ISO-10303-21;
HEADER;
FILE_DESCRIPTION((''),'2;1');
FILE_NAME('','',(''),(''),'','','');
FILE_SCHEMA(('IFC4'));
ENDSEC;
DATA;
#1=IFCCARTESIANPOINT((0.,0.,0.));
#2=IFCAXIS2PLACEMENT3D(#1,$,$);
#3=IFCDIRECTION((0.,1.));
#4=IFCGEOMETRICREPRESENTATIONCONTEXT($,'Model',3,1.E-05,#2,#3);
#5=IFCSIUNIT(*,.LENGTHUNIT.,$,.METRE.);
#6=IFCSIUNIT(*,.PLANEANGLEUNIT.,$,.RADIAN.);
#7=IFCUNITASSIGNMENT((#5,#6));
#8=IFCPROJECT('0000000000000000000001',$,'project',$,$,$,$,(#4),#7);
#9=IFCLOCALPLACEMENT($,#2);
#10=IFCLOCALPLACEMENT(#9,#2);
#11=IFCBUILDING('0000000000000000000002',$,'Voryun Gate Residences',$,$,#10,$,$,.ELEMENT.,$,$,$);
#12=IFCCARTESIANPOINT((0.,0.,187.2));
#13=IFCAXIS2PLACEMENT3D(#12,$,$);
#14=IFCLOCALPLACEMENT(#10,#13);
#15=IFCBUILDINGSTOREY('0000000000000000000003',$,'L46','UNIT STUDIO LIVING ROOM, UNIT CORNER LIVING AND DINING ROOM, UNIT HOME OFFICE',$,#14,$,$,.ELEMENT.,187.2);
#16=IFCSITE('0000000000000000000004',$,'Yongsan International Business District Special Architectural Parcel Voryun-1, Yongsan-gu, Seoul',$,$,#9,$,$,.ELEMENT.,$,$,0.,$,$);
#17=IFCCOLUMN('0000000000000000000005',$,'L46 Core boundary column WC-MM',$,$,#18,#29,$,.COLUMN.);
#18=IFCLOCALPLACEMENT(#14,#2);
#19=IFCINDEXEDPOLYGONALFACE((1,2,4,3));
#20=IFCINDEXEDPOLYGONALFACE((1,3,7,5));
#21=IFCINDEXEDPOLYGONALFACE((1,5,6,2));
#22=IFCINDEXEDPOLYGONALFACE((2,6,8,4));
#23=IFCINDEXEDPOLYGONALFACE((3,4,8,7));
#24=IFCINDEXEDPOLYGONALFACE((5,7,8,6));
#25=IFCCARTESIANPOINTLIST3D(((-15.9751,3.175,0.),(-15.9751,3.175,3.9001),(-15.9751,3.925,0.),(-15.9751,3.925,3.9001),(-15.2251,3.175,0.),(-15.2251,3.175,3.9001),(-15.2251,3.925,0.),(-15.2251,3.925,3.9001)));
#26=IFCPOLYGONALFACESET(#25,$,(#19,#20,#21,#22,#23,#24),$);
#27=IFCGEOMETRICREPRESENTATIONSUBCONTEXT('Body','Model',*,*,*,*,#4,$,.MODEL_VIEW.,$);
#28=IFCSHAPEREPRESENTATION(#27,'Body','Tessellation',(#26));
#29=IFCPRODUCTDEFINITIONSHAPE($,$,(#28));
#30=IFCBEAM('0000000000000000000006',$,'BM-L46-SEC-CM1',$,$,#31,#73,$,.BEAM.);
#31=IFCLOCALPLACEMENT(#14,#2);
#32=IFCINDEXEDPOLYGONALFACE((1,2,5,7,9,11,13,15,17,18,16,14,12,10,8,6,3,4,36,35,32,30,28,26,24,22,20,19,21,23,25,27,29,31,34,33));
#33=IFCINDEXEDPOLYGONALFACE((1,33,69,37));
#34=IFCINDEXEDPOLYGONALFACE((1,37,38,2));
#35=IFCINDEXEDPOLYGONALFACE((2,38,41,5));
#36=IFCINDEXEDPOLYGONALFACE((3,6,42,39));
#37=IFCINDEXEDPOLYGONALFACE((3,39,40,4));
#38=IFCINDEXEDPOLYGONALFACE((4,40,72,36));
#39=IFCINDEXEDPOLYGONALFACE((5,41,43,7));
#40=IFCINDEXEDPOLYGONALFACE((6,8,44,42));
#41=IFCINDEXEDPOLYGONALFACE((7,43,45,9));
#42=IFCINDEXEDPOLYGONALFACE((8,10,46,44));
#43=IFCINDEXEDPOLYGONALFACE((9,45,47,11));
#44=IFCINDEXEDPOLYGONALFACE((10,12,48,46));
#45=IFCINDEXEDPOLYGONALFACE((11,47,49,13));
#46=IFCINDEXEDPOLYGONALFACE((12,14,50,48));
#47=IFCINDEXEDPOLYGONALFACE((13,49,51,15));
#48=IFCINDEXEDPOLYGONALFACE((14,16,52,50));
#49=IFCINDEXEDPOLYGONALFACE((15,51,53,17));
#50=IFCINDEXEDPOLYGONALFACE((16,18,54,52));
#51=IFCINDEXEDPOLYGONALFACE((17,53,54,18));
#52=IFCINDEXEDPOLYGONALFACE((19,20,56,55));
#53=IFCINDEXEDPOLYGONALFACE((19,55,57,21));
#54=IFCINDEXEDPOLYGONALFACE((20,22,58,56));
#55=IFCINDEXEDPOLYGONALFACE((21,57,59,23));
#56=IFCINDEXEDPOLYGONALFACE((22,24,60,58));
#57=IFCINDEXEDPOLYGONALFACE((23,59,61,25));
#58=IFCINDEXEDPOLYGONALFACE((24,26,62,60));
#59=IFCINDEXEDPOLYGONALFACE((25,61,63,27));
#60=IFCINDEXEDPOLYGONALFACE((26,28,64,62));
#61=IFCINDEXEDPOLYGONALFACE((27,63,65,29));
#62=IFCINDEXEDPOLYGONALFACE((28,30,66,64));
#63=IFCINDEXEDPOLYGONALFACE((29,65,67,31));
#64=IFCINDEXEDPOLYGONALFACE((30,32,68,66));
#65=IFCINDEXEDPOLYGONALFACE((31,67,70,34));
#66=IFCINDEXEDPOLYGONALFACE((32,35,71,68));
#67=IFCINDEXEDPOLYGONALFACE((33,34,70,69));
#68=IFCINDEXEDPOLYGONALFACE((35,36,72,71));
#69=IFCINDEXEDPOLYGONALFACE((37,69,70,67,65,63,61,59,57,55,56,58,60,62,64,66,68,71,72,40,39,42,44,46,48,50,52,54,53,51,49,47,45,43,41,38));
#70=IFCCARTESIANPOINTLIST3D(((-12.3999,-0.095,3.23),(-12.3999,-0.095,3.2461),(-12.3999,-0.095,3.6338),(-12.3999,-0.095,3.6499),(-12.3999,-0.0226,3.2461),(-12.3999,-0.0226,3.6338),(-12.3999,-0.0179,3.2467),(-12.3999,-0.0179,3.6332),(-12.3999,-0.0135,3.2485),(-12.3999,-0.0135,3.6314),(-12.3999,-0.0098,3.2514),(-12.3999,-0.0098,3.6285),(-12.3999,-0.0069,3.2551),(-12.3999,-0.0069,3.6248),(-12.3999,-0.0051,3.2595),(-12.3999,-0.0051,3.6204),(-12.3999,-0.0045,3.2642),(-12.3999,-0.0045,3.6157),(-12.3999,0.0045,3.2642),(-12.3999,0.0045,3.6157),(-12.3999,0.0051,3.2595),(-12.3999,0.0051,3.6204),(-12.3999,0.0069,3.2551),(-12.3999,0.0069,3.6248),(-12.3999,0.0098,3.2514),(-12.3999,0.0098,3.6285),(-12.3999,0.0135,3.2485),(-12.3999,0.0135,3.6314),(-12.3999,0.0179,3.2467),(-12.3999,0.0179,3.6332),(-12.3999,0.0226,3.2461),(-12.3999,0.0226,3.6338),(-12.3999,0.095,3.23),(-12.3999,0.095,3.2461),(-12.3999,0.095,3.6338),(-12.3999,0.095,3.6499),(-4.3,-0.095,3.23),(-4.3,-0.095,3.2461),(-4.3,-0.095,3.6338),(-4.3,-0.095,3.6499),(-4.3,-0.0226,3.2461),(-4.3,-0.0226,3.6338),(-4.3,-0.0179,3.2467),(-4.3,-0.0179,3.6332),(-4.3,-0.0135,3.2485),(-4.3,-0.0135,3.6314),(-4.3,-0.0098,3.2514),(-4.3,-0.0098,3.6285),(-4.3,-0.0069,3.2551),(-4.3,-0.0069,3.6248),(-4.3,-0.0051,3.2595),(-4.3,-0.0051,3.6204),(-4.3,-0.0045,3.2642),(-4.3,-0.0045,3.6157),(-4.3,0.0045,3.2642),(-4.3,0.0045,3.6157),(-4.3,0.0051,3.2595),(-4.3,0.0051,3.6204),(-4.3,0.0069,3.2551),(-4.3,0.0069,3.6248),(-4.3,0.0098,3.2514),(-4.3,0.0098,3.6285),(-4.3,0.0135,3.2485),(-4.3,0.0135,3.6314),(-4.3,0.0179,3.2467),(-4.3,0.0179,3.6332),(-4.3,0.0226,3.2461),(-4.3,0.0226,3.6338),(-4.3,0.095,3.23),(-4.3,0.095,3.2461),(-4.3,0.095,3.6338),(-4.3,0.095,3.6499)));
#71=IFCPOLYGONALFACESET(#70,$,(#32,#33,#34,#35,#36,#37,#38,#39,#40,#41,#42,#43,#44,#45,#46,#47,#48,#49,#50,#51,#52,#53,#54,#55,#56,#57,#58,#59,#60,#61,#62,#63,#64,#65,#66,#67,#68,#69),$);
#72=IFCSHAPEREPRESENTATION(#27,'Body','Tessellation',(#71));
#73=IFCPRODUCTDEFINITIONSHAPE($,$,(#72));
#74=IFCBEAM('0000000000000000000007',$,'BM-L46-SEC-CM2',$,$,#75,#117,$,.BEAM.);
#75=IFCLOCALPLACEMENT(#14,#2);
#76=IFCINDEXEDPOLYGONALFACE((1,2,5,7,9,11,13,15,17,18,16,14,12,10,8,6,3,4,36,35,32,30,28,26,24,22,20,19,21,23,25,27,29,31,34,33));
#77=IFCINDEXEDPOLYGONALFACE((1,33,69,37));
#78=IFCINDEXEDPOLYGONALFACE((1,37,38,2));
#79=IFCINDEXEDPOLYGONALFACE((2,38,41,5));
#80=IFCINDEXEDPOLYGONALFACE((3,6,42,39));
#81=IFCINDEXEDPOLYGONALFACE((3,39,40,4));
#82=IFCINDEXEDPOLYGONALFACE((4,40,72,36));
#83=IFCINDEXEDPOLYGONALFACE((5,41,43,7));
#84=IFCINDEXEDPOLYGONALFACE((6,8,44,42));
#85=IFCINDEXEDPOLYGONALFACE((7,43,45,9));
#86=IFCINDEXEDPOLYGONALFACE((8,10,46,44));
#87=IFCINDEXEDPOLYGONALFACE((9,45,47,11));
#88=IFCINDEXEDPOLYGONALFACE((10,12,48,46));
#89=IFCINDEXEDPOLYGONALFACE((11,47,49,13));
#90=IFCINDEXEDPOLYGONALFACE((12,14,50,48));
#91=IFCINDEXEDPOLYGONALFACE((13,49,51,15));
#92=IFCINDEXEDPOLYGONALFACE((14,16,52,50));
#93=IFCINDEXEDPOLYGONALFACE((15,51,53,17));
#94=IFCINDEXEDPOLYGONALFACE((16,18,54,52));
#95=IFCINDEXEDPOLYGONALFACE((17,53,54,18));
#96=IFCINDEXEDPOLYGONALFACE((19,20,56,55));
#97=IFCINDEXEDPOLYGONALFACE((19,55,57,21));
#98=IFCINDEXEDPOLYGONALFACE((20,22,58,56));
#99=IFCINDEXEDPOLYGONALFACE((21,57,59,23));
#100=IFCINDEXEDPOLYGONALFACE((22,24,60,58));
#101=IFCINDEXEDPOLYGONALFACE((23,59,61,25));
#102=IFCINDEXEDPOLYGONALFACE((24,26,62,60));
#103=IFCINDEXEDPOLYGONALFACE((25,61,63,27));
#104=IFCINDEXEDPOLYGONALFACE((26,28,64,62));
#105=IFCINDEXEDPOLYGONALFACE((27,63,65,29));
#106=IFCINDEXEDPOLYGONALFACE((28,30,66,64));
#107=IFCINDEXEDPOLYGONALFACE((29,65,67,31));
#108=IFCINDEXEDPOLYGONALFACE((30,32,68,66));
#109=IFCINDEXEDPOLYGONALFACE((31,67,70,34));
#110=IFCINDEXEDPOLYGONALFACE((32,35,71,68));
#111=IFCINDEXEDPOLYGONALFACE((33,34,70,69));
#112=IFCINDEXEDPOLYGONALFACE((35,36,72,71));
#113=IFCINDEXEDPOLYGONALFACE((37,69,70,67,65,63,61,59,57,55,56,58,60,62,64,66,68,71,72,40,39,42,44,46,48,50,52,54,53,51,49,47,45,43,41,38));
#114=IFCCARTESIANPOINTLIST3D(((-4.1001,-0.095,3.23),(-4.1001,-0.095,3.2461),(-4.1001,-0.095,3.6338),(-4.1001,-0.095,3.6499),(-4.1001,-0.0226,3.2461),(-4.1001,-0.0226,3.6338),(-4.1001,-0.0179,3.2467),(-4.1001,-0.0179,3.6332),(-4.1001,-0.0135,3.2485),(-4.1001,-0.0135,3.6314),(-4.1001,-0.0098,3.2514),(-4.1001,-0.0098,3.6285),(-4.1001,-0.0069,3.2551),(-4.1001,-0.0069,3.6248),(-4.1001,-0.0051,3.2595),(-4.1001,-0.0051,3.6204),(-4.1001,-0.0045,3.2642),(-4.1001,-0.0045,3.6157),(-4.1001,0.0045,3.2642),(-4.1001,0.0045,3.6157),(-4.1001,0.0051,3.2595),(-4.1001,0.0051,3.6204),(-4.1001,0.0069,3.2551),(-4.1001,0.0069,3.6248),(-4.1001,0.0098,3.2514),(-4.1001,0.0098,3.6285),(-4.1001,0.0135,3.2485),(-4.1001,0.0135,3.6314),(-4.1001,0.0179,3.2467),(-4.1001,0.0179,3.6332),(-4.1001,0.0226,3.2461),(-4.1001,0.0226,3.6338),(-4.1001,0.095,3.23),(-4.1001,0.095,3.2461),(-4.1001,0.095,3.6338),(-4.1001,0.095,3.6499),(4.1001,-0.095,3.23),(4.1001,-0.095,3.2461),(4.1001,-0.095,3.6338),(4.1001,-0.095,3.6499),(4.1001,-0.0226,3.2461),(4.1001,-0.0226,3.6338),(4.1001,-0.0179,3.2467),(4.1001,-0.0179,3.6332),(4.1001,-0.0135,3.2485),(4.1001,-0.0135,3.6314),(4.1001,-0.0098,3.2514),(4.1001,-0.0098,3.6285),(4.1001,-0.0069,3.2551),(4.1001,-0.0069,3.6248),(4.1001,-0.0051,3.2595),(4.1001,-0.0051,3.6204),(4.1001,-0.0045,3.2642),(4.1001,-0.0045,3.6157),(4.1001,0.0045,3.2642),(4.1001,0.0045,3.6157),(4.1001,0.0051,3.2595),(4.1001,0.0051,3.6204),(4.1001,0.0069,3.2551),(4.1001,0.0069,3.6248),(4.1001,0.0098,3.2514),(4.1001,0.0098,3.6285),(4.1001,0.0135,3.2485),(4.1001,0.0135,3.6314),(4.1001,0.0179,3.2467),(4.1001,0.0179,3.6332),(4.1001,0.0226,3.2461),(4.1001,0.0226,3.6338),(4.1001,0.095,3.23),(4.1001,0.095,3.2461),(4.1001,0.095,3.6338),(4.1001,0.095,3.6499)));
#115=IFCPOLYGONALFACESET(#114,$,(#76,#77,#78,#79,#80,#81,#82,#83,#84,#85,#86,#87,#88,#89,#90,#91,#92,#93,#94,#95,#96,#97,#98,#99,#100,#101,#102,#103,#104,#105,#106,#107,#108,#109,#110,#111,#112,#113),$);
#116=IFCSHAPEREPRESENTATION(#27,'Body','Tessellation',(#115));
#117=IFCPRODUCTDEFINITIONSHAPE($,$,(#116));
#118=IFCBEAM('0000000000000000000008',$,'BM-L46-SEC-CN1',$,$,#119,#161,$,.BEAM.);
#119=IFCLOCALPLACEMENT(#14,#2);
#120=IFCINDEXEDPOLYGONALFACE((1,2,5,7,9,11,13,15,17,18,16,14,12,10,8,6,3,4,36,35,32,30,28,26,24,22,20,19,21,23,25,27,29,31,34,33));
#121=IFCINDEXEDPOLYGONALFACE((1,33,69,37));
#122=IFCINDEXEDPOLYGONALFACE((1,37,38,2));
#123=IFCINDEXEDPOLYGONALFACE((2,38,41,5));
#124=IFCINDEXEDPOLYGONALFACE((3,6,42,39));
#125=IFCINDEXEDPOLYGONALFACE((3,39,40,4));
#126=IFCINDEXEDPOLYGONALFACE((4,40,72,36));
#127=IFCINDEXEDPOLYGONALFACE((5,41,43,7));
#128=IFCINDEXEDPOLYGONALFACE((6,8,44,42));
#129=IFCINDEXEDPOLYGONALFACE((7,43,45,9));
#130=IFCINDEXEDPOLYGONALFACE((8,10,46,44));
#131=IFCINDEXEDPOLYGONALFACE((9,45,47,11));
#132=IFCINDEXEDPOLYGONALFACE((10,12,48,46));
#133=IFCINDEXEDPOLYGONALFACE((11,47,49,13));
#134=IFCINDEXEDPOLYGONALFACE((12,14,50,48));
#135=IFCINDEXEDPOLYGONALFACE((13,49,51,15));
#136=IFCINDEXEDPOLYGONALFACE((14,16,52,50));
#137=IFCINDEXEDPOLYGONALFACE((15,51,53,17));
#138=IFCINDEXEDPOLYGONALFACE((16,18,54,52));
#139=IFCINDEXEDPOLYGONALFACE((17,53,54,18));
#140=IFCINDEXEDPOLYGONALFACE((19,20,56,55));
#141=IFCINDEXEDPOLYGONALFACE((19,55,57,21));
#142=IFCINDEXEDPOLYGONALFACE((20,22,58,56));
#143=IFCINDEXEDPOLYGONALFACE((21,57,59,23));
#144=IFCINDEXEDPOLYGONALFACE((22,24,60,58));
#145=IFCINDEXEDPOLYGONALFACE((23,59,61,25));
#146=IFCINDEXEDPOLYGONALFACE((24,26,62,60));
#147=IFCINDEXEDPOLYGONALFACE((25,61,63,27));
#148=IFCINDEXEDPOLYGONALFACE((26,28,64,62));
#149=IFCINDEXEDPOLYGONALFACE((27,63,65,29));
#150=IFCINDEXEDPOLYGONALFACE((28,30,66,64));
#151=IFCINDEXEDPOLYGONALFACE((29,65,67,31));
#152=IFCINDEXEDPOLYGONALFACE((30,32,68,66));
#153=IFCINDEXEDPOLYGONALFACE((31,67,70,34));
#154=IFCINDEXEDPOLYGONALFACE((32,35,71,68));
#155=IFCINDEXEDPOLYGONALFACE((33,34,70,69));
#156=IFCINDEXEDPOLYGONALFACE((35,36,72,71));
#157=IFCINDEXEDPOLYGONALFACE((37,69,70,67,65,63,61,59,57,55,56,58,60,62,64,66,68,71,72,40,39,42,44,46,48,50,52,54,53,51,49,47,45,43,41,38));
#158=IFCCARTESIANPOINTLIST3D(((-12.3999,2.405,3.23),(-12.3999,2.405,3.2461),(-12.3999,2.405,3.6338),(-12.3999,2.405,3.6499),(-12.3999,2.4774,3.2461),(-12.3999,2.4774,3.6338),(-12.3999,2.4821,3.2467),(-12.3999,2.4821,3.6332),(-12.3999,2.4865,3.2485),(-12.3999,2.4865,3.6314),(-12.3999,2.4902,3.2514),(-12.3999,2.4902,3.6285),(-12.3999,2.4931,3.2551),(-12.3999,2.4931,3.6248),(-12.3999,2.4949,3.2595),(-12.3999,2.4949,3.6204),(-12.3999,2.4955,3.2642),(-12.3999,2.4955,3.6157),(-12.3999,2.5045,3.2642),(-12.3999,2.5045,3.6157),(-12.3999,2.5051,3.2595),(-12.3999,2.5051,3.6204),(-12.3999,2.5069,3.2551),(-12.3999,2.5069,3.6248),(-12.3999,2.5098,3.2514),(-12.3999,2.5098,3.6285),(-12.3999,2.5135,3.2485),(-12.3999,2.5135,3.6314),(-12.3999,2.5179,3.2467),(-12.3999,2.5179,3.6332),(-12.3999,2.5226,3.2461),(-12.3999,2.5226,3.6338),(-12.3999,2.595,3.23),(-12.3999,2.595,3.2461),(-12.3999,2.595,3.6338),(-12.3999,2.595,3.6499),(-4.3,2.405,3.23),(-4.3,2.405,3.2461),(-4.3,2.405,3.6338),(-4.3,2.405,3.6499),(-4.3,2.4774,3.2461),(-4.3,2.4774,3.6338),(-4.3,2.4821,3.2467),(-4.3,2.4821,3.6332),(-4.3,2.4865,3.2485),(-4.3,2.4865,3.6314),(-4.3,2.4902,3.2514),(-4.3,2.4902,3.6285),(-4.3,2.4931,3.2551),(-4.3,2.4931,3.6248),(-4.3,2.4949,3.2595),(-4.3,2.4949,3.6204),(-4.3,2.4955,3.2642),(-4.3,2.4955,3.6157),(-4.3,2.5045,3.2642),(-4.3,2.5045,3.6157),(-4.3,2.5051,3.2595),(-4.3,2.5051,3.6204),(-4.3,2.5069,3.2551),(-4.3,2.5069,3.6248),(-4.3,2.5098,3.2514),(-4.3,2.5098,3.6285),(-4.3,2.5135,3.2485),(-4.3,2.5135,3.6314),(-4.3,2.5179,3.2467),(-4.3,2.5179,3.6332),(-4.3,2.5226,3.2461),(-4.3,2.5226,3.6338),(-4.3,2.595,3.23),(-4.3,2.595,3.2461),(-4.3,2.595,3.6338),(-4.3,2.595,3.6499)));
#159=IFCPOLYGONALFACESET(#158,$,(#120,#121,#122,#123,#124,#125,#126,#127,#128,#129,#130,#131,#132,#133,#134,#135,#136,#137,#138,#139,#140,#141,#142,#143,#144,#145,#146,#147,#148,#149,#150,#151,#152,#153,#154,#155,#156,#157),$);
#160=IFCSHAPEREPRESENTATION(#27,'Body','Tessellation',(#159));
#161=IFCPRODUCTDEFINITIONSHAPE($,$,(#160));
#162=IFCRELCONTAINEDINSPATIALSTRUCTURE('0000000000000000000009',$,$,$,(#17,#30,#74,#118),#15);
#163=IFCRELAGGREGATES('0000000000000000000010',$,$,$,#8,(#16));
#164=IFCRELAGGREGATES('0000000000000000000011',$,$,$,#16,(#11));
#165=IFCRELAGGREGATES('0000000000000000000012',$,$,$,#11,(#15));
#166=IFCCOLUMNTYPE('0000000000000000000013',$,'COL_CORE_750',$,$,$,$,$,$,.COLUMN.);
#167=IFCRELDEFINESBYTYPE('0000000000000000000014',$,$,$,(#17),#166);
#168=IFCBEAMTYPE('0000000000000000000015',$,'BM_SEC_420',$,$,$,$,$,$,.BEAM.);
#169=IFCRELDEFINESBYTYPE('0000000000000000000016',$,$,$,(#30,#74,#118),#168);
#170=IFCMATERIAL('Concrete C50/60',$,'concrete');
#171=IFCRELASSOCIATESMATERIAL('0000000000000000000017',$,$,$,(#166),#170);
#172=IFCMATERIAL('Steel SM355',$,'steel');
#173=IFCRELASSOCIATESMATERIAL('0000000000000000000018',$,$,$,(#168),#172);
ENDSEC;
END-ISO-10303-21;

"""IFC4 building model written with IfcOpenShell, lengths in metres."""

from ifc_helpers import new_model, si_unit, direction, frame, origin, origin_2d, place, context, subcontext, project, spatial, rectangle, i_section, extrude, material, material_profile, profile_set, type_object, element, save


model = new_model("IFC4")

# Units and contexts
model_context = context("Model", 3, precision=1e-05, world=origin(), true_north=direction((0.0, 1.0)))
body_context = subcontext(model_context, "Body", "Model", "MODEL_VIEW")
ifc_project = project(units=[si_unit("LENGTHUNIT", "METRE"), si_unit("PLANEANGLEUNIT", "RADIAN")], contexts=[model_context])

# Site, building, storey
site_placement = place(None, origin())
site = spatial("IfcSite", under=ifc_project, at=site_placement, Name="Yongsan International Business District Special Architectural Parcel Voryun-1, Yongsan-gu, Seoul", CompositionType="ELEMENT", RefElevation=0.0)
building_placement = place(site_placement, origin())
building = spatial("IfcBuilding", under=site, at=building_placement, Name="Voryun Gate Residences", CompositionType="ELEMENT")
storey_placement = place(building_placement, frame((0.0, 0.0, 187.2)))
storey = spatial("IfcBuildingStorey", under=building, at=storey_placement, Name="L46", Description="UNIT STUDIO LIVING ROOM, UNIT CORNER LIVING AND DINING ROOM, UNIT HOME OFFICE", CompositionType="ELEMENT", Elevation=187.2)

# Column
ifc_material_1 = material(Name="Concrete C50/60", Category="concrete")
ifc_material_profile_1 = material_profile(ifc_material_1, rectangle(XDim=0.75, YDim=0.75, at=origin_2d()), Name="RC-750x750")
ifc_profile_set_1 = profile_set([ifc_material_profile_1], Name="Concrete C50/60")
column_type = type_object("IfcColumnType", Name="COL_CORE_750", PredefinedType="COLUMN", material=ifc_profile_set_1)
column_placement = place(storey_placement, frame((-15.6001, 3.55, 0.0), z_axis=(0.0, 0.0, 1.0), x_axis=(1.0, 0.0, 0.0)))
element("IfcColumn", 1, at=column_placement, inside=storey, type_object=column_type, Name="L46 Core boundary column WC-MM", PredefinedType="COLUMN", context=body_context, shape_type="SweptSolid", body=[
    extrude(rectangle(XDim=0.75, YDim=0.75, at=origin_2d()), origin(), (0.0, 0.0, 1.0), 3.9001),
])

# Beams
ifc_material_2 = material(Name="Steel SM355", Category="steel")
ifc_material_profile_2 = material_profile(ifc_material_2, i_section(OverallWidth=0.1899, OverallDepth=0.4199, WebThickness=0.009, FlangeThickness=0.0161, FilletRadius=0.0181, at=origin_2d()), Name="H-420x190x9x16")
ifc_profile_set_2 = profile_set([ifc_material_profile_2], Name="Steel SM355")
beam_type = type_object("IfcBeamType", Name="BM_SEC_420", PredefinedType="BEAM", material=ifc_profile_set_2)
beam_1_placement = place(storey_placement, frame((-12.3999, 0.0, 3.4399), z_axis=(1.0, 0.0, 0.0), x_axis=(0.0, 1.0, 0.0)))
element("IfcBeam", 2, at=beam_1_placement, inside=storey, type_object=beam_type, Name="BM-L46-SEC-CM1", PredefinedType="BEAM", context=body_context, shape_type="SweptSolid", body=[
    extrude(i_section(OverallWidth=0.1899, OverallDepth=0.4199, WebThickness=0.009, FlangeThickness=0.0161, FilletRadius=0.0181, at=origin_2d()), origin(), (0.0, 0.0, 1.0), 8.0999),
])
beam_2_placement = place(storey_placement, frame((-4.1001, 0.0, 3.4399), z_axis=(1.0, 0.0, 0.0), x_axis=(0.0, 1.0, 0.0)))
element("IfcBeam", 3, at=beam_2_placement, inside=storey, type_object=beam_type, Name="BM-L46-SEC-CM2", PredefinedType="BEAM", context=body_context, shape_type="SweptSolid", body=[
    extrude(i_section(OverallWidth=0.1899, OverallDepth=0.4199, WebThickness=0.009, FlangeThickness=0.0161, FilletRadius=0.0181, at=origin_2d()), origin(), (0.0, 0.0, 1.0), 8.2002),
])
beam_3_placement = place(storey_placement, frame((-12.3999, 2.5, 3.4399), z_axis=(1.0, 0.0, 0.0), x_axis=(0.0, 1.0, 0.0)))
element("IfcBeam", 4, at=beam_3_placement, inside=storey, type_object=beam_type, Name="BM-L46-SEC-CN1", PredefinedType="BEAM", context=body_context, shape_type="SweptSolid", body=[
    extrude(i_section(OverallWidth=0.1899, OverallDepth=0.4199, WebThickness=0.009, FlangeThickness=0.0161, FilletRadius=0.0181, at=origin_2d()), origin(), (0.0, 0.0, 1.0), 8.0999),
])

save(model, "model.ifc")
